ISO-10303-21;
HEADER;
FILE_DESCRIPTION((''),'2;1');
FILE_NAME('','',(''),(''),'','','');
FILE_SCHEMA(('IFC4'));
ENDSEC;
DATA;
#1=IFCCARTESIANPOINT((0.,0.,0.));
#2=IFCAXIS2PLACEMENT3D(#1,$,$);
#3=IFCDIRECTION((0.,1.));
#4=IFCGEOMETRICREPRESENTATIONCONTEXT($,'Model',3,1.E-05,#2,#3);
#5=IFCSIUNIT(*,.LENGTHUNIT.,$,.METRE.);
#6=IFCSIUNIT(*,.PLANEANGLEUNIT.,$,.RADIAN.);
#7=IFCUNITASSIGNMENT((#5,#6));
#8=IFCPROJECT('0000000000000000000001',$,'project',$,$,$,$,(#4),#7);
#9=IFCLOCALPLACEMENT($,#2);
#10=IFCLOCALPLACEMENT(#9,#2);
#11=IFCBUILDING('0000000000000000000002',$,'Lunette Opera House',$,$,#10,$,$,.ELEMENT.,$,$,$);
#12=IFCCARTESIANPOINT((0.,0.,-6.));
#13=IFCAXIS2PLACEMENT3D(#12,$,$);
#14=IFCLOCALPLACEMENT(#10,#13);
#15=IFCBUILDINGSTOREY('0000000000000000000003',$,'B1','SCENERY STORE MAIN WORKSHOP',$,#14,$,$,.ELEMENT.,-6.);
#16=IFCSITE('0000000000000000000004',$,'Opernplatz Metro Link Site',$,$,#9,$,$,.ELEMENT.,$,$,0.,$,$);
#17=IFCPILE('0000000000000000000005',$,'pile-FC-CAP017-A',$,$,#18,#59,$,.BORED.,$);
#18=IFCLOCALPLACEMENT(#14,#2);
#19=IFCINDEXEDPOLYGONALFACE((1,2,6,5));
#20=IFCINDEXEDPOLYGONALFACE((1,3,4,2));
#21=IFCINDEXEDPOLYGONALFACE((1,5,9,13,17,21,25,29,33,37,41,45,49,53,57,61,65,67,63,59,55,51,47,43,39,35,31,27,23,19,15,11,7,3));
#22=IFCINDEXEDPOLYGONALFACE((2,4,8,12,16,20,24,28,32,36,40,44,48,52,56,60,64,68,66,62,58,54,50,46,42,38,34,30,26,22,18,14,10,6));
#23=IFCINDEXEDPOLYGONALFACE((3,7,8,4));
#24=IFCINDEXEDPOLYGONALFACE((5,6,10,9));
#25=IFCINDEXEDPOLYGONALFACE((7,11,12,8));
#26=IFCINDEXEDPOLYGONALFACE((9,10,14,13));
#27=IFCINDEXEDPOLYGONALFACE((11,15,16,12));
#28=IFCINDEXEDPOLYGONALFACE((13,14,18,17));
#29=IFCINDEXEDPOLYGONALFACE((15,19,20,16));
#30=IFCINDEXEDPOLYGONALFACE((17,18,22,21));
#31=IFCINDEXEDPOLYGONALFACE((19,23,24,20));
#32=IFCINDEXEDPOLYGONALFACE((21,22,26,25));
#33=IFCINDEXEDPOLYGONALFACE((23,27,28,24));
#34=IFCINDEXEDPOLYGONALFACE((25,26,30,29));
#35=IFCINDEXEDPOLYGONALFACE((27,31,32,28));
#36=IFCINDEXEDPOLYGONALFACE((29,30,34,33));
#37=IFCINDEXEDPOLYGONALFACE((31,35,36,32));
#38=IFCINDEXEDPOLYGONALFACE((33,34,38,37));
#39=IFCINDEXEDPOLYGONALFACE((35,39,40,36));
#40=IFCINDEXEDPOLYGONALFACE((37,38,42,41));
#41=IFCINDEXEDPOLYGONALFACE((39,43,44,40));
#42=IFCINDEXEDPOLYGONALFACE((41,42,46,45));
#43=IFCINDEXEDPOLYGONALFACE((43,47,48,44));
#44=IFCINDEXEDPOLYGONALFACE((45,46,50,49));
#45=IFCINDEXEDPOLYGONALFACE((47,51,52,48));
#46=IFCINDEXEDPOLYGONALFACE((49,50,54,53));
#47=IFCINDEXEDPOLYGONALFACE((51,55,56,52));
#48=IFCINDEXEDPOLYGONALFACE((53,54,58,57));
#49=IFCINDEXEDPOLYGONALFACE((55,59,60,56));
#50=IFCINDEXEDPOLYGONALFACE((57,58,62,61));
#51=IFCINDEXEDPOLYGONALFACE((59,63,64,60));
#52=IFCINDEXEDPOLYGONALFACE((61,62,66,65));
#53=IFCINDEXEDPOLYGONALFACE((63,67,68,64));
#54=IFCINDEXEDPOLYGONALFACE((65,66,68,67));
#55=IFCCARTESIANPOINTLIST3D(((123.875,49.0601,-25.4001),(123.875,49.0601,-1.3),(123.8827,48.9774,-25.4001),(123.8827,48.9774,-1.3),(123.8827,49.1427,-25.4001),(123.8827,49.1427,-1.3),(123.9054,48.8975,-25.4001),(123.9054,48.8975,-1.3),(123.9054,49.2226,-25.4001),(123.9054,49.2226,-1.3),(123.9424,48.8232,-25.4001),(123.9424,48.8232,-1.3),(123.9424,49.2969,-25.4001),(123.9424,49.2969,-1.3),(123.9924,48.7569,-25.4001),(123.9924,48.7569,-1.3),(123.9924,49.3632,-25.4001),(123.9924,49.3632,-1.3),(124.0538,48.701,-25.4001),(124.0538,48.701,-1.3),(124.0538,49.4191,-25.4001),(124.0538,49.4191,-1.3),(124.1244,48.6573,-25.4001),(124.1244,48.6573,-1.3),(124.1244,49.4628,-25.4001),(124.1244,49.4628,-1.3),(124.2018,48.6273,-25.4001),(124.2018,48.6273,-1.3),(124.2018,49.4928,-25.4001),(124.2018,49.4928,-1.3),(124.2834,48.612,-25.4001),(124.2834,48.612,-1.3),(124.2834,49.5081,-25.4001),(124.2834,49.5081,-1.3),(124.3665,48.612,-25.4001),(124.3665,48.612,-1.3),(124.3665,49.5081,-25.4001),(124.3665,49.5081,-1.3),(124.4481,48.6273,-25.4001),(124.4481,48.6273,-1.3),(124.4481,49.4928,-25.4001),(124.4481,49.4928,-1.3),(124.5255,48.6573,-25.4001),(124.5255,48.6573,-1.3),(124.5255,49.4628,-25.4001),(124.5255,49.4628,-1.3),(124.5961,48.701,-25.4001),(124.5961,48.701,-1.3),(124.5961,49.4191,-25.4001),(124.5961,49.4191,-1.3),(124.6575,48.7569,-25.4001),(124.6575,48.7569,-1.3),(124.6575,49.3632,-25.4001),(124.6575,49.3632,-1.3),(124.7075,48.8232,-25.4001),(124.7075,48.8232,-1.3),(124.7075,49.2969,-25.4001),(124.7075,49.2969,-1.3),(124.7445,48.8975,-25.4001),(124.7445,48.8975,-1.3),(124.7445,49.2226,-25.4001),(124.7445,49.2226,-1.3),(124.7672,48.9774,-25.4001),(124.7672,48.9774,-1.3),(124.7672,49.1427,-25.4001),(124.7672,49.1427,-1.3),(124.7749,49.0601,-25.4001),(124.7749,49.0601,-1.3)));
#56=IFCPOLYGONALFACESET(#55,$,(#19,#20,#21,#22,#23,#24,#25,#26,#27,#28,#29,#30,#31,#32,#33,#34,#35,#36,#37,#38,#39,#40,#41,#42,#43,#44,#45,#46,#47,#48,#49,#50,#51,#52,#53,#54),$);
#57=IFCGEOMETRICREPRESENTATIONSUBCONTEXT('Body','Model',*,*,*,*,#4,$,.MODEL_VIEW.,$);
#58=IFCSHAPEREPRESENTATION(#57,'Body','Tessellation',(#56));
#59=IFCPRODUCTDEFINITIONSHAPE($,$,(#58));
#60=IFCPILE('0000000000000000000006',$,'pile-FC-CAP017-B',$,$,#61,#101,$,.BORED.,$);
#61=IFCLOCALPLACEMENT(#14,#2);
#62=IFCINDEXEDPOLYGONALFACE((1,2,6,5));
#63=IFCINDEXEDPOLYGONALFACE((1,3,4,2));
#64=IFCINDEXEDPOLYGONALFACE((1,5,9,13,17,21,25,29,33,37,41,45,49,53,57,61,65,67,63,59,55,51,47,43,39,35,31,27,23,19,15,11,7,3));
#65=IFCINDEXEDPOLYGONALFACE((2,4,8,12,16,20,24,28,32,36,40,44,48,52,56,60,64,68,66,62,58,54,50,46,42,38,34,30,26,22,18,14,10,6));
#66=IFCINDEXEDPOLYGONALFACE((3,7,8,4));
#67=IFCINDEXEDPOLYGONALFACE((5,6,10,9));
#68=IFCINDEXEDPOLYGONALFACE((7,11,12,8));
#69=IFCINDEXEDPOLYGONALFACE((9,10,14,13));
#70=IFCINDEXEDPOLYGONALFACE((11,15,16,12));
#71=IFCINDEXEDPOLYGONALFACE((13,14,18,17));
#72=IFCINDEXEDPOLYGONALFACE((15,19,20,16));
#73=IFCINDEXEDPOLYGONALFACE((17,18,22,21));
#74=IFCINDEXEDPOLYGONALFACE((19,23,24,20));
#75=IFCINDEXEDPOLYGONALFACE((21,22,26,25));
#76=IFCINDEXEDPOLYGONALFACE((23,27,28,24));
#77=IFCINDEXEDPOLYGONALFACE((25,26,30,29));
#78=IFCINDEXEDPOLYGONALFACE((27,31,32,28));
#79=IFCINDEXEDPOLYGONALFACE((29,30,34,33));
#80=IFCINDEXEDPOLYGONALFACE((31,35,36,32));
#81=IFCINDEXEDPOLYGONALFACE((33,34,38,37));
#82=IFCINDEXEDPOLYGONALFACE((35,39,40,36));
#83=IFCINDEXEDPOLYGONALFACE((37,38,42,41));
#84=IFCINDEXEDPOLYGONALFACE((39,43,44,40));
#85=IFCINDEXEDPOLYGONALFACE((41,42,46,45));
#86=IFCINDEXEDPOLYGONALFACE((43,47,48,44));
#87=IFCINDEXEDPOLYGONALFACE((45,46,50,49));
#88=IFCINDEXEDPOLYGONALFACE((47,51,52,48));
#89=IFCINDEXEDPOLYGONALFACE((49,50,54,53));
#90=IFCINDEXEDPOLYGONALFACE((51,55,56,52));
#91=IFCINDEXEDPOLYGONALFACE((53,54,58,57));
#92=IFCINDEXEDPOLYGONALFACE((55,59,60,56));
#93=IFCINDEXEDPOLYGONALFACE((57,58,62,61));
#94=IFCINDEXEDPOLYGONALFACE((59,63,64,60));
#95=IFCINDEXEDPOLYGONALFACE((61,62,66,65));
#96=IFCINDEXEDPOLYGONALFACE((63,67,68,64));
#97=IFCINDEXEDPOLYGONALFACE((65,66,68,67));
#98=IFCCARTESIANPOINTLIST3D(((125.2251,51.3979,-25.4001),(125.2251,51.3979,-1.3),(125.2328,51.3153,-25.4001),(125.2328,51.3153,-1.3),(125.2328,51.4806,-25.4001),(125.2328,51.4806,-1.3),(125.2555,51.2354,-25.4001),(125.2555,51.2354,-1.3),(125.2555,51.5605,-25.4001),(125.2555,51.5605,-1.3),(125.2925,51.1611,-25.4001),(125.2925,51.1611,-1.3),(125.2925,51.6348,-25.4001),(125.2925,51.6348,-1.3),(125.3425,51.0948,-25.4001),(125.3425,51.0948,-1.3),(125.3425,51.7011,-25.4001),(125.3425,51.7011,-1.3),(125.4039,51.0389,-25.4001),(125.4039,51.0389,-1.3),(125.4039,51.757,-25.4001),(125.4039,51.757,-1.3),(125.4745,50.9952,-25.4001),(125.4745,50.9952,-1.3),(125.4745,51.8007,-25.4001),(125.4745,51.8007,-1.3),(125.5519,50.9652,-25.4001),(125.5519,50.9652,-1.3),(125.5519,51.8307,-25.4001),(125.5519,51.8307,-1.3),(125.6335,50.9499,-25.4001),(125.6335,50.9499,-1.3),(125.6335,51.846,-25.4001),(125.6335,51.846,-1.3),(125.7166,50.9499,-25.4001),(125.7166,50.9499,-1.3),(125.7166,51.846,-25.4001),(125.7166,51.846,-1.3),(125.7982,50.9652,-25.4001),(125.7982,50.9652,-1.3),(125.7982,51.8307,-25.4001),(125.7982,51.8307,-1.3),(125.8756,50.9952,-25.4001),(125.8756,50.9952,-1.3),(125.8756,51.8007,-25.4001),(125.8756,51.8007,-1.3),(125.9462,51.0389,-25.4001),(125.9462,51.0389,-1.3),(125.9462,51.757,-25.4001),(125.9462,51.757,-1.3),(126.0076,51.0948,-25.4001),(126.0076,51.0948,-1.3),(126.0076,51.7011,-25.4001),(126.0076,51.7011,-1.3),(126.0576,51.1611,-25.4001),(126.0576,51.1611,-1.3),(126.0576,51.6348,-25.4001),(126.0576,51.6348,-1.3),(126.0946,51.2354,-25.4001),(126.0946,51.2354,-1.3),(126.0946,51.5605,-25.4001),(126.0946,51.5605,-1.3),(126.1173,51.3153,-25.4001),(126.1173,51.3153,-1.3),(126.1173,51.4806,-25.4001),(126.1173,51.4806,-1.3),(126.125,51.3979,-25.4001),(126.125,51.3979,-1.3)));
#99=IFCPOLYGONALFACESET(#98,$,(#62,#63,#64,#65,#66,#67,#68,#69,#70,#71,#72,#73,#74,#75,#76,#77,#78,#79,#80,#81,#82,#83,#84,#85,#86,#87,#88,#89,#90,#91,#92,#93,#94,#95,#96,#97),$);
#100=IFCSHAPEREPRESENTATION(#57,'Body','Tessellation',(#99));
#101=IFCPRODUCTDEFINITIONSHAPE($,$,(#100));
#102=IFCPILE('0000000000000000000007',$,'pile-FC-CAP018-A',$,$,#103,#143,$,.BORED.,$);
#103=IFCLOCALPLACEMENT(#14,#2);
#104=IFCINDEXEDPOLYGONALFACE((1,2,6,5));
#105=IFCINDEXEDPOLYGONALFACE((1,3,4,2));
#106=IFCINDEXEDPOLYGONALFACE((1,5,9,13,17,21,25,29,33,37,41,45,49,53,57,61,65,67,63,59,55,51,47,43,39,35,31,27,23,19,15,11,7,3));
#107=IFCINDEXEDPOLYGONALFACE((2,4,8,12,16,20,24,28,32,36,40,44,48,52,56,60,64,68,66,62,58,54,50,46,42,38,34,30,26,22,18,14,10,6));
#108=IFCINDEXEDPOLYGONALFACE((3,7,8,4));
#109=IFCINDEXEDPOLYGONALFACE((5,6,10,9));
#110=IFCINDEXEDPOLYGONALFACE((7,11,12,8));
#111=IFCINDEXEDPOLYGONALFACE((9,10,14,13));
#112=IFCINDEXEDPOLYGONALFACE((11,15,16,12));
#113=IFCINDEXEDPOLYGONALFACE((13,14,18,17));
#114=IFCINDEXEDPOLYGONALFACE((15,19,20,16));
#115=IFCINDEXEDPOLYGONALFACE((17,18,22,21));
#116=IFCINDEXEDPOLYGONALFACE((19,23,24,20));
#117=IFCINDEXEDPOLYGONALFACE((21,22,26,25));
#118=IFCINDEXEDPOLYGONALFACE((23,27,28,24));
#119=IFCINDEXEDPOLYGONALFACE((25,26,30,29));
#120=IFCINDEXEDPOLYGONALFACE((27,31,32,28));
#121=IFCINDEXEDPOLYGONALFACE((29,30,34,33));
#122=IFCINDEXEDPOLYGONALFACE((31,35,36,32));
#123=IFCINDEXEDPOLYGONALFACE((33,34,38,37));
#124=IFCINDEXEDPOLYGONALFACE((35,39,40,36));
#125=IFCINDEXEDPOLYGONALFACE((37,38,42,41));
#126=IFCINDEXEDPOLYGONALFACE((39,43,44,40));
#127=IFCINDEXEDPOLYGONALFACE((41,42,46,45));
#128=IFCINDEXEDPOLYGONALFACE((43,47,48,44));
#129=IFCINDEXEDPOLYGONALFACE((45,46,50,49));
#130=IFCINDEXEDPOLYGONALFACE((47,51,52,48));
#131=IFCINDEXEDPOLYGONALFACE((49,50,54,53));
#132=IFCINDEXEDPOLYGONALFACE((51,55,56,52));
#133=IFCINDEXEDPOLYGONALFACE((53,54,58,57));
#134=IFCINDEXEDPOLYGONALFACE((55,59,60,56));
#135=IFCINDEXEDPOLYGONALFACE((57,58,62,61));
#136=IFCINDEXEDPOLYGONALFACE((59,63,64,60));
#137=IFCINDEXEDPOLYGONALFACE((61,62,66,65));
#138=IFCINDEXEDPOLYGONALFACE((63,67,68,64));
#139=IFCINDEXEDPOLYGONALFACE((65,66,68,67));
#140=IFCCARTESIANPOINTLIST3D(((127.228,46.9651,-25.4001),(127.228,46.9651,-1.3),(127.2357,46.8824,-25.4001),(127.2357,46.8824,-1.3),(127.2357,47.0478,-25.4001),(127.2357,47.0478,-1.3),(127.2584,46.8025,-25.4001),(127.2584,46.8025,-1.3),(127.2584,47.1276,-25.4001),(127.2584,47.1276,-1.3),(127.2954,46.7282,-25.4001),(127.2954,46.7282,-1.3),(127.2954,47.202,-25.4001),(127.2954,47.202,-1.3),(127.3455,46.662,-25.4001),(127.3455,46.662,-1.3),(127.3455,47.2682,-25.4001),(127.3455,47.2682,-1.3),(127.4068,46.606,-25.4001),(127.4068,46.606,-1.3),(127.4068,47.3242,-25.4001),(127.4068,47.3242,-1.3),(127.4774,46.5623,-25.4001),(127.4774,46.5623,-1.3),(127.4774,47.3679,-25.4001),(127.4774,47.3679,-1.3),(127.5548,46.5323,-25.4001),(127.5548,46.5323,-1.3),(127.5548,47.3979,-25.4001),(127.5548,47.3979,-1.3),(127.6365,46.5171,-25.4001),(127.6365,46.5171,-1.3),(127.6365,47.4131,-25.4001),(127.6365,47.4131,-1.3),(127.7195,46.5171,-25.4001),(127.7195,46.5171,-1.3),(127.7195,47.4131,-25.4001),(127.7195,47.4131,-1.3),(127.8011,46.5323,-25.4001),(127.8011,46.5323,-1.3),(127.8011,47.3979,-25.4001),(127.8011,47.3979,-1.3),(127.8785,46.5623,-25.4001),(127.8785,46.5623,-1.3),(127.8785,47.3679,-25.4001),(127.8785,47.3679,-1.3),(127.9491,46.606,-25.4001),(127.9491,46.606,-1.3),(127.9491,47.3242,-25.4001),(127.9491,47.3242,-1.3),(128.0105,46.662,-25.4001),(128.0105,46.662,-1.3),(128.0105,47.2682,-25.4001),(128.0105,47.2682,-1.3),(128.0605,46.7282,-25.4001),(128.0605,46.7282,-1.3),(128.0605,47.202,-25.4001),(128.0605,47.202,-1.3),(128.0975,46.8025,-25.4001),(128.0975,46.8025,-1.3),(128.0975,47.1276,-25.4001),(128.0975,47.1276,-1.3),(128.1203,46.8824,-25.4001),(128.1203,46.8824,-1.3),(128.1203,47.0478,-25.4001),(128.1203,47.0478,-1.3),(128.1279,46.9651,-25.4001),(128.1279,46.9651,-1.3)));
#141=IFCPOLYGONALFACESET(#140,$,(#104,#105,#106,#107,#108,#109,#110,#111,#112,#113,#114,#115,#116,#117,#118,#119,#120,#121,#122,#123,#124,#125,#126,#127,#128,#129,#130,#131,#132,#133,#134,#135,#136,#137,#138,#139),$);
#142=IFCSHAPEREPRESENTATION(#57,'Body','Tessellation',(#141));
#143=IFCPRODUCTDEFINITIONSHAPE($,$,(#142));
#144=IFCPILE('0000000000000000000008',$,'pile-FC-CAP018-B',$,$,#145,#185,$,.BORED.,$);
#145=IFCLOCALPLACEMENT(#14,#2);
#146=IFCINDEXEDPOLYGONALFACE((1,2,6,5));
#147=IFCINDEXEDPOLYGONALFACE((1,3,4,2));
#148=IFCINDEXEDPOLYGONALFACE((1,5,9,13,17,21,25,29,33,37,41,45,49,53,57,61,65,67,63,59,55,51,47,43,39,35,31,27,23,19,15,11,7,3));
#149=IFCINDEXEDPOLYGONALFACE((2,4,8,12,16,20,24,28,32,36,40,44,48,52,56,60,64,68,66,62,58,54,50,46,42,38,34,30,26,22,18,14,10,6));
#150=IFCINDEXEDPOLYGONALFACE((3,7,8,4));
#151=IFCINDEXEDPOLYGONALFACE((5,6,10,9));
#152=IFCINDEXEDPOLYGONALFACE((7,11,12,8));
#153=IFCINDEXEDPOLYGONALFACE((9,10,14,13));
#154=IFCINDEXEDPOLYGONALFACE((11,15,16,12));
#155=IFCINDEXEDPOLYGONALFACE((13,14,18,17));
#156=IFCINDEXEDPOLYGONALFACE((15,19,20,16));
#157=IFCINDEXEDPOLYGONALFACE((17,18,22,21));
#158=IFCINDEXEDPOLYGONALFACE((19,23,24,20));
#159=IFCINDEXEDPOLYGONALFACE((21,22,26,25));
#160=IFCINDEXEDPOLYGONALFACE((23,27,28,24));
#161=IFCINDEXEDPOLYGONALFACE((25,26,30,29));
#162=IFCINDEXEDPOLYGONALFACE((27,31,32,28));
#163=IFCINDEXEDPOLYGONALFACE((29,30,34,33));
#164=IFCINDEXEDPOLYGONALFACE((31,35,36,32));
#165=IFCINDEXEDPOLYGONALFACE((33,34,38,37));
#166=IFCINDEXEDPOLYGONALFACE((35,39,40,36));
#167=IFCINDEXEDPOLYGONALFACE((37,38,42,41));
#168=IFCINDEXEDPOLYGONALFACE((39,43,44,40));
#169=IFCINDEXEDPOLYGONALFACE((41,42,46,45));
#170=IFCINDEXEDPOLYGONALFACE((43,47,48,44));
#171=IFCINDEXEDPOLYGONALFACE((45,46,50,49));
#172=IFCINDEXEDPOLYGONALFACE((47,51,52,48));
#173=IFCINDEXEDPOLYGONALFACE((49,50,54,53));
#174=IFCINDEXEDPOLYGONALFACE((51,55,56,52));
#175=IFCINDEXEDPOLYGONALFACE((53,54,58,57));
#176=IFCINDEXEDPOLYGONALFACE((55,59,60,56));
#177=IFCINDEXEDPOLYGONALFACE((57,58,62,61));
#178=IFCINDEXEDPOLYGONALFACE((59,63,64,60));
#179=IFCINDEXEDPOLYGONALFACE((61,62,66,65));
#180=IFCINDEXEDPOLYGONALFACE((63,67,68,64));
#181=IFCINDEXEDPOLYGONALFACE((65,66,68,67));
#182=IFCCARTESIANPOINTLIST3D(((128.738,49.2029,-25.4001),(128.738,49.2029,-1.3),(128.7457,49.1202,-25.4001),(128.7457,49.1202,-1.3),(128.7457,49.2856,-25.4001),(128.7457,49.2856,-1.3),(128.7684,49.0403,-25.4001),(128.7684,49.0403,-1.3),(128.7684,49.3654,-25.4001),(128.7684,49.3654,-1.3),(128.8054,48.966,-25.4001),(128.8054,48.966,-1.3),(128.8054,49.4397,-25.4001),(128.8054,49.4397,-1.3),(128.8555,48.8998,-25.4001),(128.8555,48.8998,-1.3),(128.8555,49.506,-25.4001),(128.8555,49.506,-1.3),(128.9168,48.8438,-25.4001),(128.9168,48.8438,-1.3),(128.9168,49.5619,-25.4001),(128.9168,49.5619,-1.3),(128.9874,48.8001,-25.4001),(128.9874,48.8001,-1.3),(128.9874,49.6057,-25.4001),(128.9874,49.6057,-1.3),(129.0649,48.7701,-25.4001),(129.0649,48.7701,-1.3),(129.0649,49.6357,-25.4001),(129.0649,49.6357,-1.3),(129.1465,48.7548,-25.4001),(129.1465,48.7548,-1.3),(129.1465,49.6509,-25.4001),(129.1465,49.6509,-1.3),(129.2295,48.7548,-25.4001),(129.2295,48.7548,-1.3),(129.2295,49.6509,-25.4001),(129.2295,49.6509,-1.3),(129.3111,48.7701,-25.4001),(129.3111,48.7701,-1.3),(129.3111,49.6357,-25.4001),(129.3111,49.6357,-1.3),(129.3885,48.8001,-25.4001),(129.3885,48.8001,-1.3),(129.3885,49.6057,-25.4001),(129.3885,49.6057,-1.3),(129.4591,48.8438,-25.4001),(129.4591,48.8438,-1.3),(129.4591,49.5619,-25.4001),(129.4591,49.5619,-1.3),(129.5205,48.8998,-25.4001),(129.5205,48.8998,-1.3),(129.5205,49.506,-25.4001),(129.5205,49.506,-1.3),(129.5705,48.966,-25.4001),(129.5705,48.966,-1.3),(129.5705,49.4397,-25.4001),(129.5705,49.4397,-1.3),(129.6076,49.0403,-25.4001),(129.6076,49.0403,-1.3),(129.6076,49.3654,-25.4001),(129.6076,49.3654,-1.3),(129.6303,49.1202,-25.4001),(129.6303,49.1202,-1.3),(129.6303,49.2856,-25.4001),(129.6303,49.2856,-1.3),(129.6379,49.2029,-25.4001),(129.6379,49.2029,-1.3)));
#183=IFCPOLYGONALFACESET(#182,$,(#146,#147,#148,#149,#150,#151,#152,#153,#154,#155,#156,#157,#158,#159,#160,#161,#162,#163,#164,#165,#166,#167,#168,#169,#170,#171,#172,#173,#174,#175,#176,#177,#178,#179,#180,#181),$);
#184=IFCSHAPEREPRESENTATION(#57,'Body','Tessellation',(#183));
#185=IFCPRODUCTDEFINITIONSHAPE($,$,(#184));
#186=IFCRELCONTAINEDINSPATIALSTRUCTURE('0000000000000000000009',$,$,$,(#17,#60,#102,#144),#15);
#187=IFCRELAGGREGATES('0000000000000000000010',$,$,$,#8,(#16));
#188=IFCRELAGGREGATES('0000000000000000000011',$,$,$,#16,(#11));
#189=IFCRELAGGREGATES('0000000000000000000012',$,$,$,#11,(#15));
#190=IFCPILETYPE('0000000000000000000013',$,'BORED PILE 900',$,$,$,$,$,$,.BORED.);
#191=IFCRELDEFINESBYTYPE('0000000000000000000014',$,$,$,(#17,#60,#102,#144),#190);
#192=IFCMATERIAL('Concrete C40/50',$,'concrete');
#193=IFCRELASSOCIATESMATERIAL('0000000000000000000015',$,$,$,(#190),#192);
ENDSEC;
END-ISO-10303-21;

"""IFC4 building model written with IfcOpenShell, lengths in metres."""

from ifc_helpers import new_model, si_unit, direction, frame, origin, origin_2d, place, context, subcontext, project, spatial, circle, extrude, material, material_profile, profile_set, type_object, element, save


model = new_model("IFC4")

# Units and contexts
model_context = context("Model", 3, precision=1e-05, world=origin(), true_north=direction((0.0, 1.0)))
body_context = subcontext(model_context, "Body", "Model", "MODEL_VIEW")
ifc_project = project(units=[si_unit("LENGTHUNIT", "METRE"), si_unit("PLANEANGLEUNIT", "RADIAN")], contexts=[model_context])

# Site, building, storey
site_placement = place(None, origin())
site = spatial("IfcSite", under=ifc_project, at=site_placement, Name="Opernplatz Metro Link Site", CompositionType="ELEMENT", RefElevation=0.0)
building_placement = place(site_placement, origin())
building = spatial("IfcBuilding", under=site, at=building_placement, Name="Lunette Opera House", CompositionType="ELEMENT")
storey_placement = place(building_placement, frame((0.0, 0.0, -6.0)))
storey = spatial("IfcBuildingStorey", under=building, at=storey_placement, Name="B1", Description="SCENERY STORE MAIN WORKSHOP", CompositionType="ELEMENT", Elevation=-6.0)

# Piles
ifc_material_1 = material(Name="Concrete C40/50", Category="concrete")
ifc_material_profile_1 = material_profile(ifc_material_1, circle(Radius=0.45, at=origin_2d()), Name="BORED PILE 900")
ifc_profile_set_1 = profile_set([ifc_material_profile_1], Name="Concrete C40/50")
pile_type = type_object("IfcPileType", Name="BORED PILE 900", PredefinedType="BORED", material=ifc_profile_set_1)
for number, where, z_axis, x_axis, name in (
    (1, (124.325, 49.0601, -1.3), (0.0, 0.0, -1.0), (1.0, 0.0, 0.0), "pile-FC-CAP017-A"),
    (2, (125.675, 51.3979, -1.3), (0.0, 0.0, -1.0), (1.0, 0.0, 0.0), "pile-FC-CAP017-B"),
    (3, (127.678, 46.9651, -1.3), (0.0, 0.0, -1.0), (1.0, 0.0, 0.0), "pile-FC-CAP018-A"),
    (4, (129.188, 49.2029, -1.3), (0.0, 0.0, -1.0), (1.0, 0.0, 0.0), "pile-FC-CAP018-B"),
):
    element("IfcPile", number, at=place(storey_placement, frame(where, z_axis=z_axis, x_axis=x_axis)), inside=storey, type_object=pile_type, Name=name, PredefinedType="BORED", context=body_context, shape_type="SweptSolid", body=[
        extrude(circle(Radius=0.45, at=origin_2d()), origin(), (0.0, 0.0, 1.0), 24.1001),
    ])

save(model, "model.ifc")
